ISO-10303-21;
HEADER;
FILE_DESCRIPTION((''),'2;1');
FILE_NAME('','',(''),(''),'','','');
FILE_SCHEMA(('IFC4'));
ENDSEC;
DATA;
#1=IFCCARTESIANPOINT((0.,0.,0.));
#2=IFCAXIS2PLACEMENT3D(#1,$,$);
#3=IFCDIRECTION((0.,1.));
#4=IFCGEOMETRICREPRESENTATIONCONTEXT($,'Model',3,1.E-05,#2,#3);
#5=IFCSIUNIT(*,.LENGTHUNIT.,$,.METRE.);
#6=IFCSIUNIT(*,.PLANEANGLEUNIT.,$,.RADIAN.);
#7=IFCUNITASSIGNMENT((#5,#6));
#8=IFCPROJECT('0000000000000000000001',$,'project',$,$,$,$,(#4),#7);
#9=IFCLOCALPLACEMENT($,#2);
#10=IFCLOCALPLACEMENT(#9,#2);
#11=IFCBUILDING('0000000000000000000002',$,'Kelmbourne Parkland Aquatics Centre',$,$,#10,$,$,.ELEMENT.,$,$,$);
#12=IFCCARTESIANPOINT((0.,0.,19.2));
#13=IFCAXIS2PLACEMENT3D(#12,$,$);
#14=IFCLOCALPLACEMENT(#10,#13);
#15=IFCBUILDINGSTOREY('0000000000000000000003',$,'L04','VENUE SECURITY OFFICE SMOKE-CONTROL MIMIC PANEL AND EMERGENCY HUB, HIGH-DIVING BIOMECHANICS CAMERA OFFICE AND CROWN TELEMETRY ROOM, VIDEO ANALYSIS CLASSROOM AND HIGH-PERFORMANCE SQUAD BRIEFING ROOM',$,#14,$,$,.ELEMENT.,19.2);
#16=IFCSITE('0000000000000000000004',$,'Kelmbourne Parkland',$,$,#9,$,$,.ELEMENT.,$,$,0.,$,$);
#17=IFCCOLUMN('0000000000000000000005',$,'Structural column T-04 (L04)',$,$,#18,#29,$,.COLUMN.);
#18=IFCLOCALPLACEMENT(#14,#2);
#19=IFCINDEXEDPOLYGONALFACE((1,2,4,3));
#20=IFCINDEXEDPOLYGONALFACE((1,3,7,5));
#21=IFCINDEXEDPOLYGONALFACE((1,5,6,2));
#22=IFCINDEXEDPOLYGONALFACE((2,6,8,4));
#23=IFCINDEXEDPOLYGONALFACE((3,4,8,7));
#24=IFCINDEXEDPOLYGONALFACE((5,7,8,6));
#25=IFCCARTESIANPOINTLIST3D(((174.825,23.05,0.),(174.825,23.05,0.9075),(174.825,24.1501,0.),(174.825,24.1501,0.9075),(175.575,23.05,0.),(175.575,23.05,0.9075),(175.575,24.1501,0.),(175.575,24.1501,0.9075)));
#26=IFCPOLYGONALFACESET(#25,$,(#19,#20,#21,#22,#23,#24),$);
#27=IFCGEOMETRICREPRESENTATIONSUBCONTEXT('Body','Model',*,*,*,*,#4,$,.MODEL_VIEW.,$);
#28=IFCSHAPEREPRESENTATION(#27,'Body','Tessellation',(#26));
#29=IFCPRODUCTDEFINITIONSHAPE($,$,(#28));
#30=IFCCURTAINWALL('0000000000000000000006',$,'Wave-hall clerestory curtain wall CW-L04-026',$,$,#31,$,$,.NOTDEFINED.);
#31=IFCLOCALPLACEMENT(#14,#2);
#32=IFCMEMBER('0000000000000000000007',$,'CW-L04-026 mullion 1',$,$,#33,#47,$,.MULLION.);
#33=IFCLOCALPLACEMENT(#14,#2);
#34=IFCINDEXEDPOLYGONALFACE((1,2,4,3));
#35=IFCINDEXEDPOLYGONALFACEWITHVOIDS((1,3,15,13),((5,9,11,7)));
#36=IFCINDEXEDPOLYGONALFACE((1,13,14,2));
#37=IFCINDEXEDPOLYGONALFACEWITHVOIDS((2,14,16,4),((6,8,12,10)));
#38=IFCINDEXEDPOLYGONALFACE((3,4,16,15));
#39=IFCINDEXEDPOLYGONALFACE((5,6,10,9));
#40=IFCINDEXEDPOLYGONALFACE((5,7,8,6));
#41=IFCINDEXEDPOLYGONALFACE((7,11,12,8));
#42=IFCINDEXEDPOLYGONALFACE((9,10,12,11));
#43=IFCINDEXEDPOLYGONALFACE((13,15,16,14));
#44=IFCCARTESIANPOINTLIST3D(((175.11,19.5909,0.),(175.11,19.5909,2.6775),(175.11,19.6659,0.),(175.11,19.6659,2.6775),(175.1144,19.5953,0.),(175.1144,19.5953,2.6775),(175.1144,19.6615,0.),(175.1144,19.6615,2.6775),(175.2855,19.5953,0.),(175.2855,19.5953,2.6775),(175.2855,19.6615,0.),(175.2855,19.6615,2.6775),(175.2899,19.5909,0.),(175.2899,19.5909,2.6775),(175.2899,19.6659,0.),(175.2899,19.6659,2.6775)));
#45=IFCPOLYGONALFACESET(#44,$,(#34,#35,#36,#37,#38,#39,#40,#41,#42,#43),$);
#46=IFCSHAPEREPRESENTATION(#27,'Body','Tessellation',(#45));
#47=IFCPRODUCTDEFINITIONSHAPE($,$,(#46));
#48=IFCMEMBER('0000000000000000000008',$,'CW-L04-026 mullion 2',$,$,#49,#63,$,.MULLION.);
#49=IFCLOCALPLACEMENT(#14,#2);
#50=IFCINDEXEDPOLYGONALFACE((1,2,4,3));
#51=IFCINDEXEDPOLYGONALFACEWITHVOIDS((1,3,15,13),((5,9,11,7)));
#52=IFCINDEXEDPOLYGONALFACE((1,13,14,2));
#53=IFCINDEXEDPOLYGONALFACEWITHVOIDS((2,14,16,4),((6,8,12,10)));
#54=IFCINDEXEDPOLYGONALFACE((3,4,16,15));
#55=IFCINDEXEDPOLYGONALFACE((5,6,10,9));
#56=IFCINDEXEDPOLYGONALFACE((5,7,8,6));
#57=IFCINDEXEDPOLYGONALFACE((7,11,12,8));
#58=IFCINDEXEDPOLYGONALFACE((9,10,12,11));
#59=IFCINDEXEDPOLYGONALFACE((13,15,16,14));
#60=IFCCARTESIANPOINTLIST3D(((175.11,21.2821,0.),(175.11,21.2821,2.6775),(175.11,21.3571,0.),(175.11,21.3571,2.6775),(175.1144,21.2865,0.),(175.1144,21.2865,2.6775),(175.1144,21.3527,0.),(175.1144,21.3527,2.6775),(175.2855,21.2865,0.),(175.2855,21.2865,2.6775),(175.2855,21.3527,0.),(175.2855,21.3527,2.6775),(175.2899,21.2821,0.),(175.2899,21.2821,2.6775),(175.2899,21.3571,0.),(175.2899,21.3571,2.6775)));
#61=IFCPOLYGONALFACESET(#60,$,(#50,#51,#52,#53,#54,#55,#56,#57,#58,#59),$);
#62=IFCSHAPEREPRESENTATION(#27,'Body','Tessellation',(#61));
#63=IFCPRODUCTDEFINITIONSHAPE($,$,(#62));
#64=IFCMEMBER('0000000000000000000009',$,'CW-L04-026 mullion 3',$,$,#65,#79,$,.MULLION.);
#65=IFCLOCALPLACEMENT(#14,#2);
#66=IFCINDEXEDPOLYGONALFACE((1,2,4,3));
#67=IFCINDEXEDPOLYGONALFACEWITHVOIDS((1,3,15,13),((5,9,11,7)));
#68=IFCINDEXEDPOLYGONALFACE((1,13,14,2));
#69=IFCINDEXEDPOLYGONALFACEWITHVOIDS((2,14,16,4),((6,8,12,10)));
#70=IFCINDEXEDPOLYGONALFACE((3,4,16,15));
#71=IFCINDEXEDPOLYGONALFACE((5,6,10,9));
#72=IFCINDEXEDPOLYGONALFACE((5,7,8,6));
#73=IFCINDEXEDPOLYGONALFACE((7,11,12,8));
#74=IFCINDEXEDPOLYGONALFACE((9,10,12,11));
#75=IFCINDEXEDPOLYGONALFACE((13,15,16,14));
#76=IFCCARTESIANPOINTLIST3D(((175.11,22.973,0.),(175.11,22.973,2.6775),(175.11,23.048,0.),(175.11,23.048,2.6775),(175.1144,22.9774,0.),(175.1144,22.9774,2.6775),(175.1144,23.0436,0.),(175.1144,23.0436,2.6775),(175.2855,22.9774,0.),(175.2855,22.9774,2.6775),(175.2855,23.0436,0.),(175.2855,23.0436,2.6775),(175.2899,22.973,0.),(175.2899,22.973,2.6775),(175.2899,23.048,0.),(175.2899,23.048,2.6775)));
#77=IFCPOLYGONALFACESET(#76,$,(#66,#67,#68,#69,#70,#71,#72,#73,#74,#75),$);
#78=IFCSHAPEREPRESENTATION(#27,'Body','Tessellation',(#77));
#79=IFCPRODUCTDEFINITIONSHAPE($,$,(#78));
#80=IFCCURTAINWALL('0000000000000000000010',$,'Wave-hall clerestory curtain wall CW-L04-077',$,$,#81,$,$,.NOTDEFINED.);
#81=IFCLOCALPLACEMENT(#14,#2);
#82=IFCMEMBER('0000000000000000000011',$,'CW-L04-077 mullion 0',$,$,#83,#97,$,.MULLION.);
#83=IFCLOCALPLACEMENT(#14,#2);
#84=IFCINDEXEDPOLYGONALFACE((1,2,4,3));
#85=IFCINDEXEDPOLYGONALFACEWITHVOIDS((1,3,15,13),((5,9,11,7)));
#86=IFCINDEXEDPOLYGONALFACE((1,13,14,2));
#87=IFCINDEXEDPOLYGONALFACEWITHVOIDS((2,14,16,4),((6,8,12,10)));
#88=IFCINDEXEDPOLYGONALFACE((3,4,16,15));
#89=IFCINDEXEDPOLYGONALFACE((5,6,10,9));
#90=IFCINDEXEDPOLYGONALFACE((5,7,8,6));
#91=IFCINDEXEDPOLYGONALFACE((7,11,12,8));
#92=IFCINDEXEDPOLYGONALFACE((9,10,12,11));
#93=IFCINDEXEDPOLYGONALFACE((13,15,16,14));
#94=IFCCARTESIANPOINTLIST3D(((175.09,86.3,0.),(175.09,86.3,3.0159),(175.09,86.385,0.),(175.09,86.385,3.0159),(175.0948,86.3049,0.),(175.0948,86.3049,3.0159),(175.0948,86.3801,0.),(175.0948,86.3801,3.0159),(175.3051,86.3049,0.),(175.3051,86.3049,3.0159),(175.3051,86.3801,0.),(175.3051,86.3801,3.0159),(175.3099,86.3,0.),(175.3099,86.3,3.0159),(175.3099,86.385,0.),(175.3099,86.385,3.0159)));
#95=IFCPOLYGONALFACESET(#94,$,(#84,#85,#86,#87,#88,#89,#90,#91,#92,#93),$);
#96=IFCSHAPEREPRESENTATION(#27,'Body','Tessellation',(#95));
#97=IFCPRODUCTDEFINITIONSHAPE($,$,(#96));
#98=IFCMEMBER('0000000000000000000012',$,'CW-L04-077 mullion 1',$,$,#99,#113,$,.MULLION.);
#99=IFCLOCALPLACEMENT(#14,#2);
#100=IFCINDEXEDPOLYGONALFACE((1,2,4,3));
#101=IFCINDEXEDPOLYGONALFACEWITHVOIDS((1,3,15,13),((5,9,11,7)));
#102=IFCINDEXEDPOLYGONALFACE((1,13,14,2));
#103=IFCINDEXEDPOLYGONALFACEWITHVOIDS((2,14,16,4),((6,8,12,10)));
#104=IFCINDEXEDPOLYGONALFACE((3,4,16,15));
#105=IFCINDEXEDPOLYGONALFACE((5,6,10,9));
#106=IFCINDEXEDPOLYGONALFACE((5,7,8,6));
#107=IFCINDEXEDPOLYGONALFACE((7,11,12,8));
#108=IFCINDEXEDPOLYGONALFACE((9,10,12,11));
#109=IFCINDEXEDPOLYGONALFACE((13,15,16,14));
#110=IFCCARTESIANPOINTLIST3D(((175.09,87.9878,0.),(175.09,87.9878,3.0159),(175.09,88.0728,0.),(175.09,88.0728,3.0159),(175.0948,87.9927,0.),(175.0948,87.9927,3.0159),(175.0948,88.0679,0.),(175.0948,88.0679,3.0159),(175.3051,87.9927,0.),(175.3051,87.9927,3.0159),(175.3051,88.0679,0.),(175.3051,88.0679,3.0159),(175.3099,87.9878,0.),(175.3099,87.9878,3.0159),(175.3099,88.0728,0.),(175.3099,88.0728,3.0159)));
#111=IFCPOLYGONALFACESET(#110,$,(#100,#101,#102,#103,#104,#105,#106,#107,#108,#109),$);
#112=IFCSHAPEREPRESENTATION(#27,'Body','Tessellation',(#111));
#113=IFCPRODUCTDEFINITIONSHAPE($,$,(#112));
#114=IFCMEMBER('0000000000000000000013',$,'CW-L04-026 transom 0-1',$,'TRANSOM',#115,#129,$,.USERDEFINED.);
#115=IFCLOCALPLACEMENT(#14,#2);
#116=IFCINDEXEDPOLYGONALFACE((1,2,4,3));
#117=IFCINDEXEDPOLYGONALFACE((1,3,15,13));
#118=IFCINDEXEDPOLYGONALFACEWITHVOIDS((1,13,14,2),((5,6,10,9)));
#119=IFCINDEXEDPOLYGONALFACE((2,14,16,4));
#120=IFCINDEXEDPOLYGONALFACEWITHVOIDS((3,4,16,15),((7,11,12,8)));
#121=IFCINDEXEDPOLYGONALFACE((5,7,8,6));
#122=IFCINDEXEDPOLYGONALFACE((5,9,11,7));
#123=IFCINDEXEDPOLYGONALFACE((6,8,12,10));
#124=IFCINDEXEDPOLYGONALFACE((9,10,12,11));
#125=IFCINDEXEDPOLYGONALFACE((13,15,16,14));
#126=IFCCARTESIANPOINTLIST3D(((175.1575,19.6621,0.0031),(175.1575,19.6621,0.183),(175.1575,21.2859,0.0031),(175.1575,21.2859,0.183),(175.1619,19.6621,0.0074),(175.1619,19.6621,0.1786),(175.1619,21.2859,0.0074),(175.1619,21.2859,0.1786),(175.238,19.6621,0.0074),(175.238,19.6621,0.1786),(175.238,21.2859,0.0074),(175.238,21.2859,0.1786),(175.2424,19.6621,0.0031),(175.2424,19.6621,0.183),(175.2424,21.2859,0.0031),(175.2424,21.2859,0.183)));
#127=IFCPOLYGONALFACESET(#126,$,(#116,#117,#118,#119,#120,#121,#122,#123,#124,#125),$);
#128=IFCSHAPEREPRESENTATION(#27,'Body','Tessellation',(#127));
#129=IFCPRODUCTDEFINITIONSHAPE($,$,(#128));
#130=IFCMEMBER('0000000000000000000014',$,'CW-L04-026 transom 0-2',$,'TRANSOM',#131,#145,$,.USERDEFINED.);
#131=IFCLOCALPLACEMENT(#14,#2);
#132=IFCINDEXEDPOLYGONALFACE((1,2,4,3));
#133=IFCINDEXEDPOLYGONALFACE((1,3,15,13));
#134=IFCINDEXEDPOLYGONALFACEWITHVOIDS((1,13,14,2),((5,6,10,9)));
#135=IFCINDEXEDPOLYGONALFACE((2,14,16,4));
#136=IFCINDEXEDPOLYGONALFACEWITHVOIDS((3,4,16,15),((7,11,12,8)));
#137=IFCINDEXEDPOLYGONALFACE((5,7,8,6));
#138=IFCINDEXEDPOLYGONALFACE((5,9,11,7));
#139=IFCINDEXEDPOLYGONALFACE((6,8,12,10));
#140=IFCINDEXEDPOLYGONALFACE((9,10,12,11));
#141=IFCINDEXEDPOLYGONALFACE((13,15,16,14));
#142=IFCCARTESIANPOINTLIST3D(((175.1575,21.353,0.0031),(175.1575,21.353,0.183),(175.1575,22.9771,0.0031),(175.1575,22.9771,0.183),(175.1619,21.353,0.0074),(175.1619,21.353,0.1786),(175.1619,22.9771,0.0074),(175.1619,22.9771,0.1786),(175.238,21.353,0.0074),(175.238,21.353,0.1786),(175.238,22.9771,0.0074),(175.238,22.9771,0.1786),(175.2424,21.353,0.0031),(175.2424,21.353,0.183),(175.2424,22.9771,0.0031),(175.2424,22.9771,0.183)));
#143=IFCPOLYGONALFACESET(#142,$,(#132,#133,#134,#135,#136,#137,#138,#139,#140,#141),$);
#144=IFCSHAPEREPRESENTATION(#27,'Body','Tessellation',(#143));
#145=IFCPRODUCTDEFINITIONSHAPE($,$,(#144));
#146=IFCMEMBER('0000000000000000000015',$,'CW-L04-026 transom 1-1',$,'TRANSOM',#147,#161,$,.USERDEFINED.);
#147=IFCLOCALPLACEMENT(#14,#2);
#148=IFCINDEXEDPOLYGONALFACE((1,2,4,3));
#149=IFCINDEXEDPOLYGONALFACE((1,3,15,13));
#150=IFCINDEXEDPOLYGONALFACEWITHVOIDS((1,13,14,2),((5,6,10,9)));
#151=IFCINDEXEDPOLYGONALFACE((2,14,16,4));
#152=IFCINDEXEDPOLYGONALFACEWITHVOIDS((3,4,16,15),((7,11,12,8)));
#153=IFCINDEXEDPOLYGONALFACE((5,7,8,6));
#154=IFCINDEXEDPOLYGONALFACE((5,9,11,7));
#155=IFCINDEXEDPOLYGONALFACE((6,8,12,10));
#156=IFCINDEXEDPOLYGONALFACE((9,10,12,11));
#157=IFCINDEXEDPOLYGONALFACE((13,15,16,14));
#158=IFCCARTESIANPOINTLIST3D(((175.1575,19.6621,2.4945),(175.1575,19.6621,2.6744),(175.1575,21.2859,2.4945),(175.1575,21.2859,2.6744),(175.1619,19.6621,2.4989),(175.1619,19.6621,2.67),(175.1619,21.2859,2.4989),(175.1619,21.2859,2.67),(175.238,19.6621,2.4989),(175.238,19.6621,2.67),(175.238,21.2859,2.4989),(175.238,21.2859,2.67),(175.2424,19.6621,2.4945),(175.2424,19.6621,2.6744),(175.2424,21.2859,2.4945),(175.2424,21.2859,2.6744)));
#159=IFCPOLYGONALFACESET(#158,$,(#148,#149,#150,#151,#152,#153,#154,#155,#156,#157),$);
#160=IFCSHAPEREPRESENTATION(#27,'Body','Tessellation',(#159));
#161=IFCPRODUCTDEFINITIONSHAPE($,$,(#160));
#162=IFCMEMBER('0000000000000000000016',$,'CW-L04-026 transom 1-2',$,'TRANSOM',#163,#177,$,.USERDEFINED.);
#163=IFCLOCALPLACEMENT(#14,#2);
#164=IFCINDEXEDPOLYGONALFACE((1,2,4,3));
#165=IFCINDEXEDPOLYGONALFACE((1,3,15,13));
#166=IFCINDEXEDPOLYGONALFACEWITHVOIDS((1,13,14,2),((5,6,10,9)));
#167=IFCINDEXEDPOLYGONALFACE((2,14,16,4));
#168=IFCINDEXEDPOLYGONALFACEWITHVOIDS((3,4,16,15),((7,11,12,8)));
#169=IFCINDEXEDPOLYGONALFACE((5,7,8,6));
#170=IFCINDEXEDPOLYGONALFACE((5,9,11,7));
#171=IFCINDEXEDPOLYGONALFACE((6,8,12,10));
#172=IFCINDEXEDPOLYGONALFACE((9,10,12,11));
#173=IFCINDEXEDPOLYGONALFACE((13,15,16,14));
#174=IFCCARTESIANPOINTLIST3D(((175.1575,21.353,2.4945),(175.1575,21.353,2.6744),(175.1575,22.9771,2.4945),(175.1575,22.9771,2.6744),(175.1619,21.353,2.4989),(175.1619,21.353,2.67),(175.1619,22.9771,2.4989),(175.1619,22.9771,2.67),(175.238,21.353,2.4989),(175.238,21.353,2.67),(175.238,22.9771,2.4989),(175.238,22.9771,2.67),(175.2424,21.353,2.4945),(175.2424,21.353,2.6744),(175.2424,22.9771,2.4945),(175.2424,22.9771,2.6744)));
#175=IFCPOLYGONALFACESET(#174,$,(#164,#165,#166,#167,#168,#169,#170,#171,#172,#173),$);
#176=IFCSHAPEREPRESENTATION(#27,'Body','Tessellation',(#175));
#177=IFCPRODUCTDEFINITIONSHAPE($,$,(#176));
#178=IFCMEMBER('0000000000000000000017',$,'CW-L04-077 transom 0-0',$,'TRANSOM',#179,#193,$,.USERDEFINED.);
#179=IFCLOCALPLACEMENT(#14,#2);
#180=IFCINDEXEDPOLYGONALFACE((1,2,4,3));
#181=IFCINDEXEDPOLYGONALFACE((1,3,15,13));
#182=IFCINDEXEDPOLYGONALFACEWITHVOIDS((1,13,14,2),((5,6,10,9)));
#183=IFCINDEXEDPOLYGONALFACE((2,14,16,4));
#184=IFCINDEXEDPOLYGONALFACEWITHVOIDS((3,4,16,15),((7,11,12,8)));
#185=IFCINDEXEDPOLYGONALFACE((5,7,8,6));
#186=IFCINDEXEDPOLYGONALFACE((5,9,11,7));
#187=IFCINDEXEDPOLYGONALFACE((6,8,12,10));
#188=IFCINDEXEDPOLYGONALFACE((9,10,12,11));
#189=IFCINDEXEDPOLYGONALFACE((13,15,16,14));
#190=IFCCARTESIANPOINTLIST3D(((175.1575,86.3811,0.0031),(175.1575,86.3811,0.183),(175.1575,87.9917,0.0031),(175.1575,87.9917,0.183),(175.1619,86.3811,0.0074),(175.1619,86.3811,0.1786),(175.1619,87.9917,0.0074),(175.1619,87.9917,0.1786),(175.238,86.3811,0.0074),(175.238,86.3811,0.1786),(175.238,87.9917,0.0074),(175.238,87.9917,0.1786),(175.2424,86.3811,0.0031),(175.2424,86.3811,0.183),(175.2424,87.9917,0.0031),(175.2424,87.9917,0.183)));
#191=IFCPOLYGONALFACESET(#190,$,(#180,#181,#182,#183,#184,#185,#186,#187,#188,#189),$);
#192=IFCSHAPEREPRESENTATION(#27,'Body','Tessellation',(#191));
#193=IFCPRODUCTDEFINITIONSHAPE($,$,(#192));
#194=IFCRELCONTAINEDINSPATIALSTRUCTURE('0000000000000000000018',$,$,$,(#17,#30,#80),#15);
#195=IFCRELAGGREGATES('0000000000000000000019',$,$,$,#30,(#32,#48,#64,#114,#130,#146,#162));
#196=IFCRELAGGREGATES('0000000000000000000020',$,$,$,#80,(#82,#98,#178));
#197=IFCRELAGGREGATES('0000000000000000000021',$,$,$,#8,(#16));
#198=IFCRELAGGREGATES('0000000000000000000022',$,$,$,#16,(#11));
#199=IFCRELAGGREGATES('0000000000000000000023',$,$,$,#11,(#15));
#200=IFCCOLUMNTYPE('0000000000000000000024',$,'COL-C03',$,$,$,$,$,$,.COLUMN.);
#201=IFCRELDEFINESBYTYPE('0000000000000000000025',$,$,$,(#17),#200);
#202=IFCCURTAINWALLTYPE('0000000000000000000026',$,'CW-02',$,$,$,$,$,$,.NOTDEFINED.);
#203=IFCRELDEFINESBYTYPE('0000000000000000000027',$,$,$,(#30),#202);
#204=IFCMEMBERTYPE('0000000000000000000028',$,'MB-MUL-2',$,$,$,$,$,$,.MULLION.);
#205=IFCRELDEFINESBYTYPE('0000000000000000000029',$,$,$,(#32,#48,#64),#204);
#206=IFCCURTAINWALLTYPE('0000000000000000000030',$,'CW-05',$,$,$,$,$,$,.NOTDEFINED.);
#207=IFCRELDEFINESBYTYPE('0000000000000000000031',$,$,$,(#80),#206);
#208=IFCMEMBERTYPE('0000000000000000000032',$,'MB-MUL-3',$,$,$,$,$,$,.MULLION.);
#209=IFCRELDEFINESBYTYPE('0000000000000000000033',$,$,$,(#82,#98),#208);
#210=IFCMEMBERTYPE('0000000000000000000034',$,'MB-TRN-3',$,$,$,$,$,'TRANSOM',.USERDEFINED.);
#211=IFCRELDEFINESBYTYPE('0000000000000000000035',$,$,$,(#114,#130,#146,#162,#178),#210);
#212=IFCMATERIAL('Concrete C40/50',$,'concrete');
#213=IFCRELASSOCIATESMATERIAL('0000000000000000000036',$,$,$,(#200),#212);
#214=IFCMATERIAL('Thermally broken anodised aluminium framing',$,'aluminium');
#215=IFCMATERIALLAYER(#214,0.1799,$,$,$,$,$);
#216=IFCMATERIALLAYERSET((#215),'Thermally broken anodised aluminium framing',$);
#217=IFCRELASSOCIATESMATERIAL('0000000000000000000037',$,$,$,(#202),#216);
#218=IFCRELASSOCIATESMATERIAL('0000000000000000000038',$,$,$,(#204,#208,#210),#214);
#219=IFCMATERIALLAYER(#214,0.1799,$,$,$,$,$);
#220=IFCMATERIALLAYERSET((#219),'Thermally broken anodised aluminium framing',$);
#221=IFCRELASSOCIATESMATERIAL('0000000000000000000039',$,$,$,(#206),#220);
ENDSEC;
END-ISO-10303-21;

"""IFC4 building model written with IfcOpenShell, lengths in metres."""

from ifc_helpers import new_model, si_unit, direction, frame, origin, origin_2d, place, context, subcontext, project, spatial, rectangle, hollow_rectangle, extrude, material, layer, layer_set, material_profile, profile_set, type_object, element, aggregate, save


model = new_model("IFC4")

# Units and contexts
model_context = context("Model", 3, precision=1e-05, world=origin(), true_north=direction((0.0, 1.0)))
body_context = subcontext(model_context, "Body", "Model", "MODEL_VIEW")
ifc_project = project(units=[si_unit("LENGTHUNIT", "METRE"), si_unit("PLANEANGLEUNIT", "RADIAN")], contexts=[model_context])

# Site, building, storey
site_placement = place(None, origin())
site = spatial("IfcSite", under=ifc_project, at=site_placement, Name="Kelmbourne Parkland", CompositionType="ELEMENT", RefElevation=0.0)
building_placement = place(site_placement, origin())
building = spatial("IfcBuilding", under=site, at=building_placement, Name="Kelmbourne Parkland Aquatics Centre", CompositionType="ELEMENT")
storey_placement = place(building_placement, frame((0.0, 0.0, 19.2)))
storey = spatial("IfcBuildingStorey", under=building, at=storey_placement, Name="L04", Description="VENUE SECURITY OFFICE SMOKE-CONTROL MIMIC PANEL AND EMERGENCY HUB, HIGH-DIVING BIOMECHANICS CAMERA OFFICE AND CROWN TELEMETRY ROOM, VIDEO ANALYSIS CLASSROOM AND HIGH-PERFORMANCE SQUAD BRIEFING ROOM", CompositionType="ELEMENT", Elevation=19.2)

# Column
ifc_material_1 = material(Name="Concrete C40/50", Category="concrete")
ifc_material_profile_1 = material_profile(ifc_material_1, rectangle(XDim=0.75, YDim=1.1001, at=origin_2d()), Name="RC 750x1100")
ifc_profile_set_1 = profile_set([ifc_material_profile_1], Name="Concrete C40/50")
column_type = type_object("IfcColumnType", Name="COL-C03", PredefinedType="COLUMN", material=ifc_profile_set_1)
column_placement = place(storey_placement, frame((175.2, 23.6001, 0.0), z_axis=(0.0, 0.0, 1.0), x_axis=(1.0, 0.0, 0.0)))
element("IfcColumn", 1, at=column_placement, inside=storey, type_object=column_type, Name="Structural column T-04 (L04)", PredefinedType="COLUMN", context=body_context, shape_type="SweptSolid", body=[
    extrude(rectangle(XDim=0.75, YDim=1.1001, at=origin_2d()), origin(), (0.0, 0.0, 1.0), 0.9075),
])

# Curtain walls, members
ifc_material_2 = material(Name="Thermally broken anodised aluminium framing", Category="aluminium")
ifc_layer_1 = layer(ifc_material_2, 0.1799)
ifc_layer_set_1 = layer_set([ifc_layer_1], Name="Thermally broken anodised aluminium framing")
curtain_wall_type_1 = type_object("IfcCurtainWallType", Name="CW-02", PredefinedType="NOTDEFINED", material=ifc_layer_set_1)
curtain_wall_1_placement = place(storey_placement, origin())
curtain_wall_1 = element("IfcCurtainWall", 2, at=curtain_wall_1_placement, inside=storey, type_object=curtain_wall_type_1, Name="Wave-hall clerestory curtain wall CW-L04-026", PredefinedType="NOTDEFINED")
ifc_material_profile_2 = material_profile(ifc_material_2, hollow_rectangle(XDim=0.075, YDim=0.1799, WallThickness=0.0044, at=origin_2d()), Name="CW-M 75x180")
ifc_profile_set_2 = profile_set([ifc_material_profile_2], Name="Thermally broken anodised aluminium framing")
member_type_1 = type_object("IfcMemberType", Name="MB-MUL-2", PredefinedType="MULLION", material=ifc_profile_set_2)
member_1_placement = place(storey_placement, frame((175.2, 19.6284, 0.0), z_axis=(0.0, 0.0, 1.0), x_axis=(0.0, 1.0, 0.0)))
member_1 = element("IfcMember", 3, at=member_1_placement, type_object=member_type_1, Name="CW-L04-026 mullion 1", PredefinedType="MULLION", context=body_context, shape_type="SweptSolid", body=[
    extrude(hollow_rectangle(XDim=0.075, YDim=0.1799, WallThickness=0.0044, at=origin_2d()), origin(), (0.0, 0.0, 1.0), 2.6775),
])
member_2_placement = place(storey_placement, frame((175.2, 21.3196, 0.0), z_axis=(0.0, 0.0, 1.0), x_axis=(0.0, 1.0, 0.0)))
member_2 = element("IfcMember", 4, at=member_2_placement, type_object=member_type_1, Name="CW-L04-026 mullion 2", PredefinedType="MULLION", context=body_context, shape_type="SweptSolid", body=[
    extrude(hollow_rectangle(XDim=0.075, YDim=0.1799, WallThickness=0.0044, at=origin_2d()), origin(), (0.0, 0.0, 1.0), 2.6775),
])
member_3_placement = place(storey_placement, frame((175.2, 23.0105, 0.0), z_axis=(0.0, 0.0, 1.0), x_axis=(0.0, 1.0, 0.0)))
member_3 = element("IfcMember", 5, at=member_3_placement, type_object=member_type_1, Name="CW-L04-026 mullion 3", PredefinedType="MULLION", context=body_context, shape_type="SweptSolid", body=[
    extrude(hollow_rectangle(XDim=0.075, YDim=0.1799, WallThickness=0.0044, at=origin_2d()), origin(), (0.0, 0.0, 1.0), 2.6775),
])
ifc_layer_2 = layer(ifc_material_2, 0.1799)
ifc_layer_set_2 = layer_set([ifc_layer_2], Name="Thermally broken anodised aluminium framing")
curtain_wall_type_2 = type_object("IfcCurtainWallType", Name="CW-05", PredefinedType="NOTDEFINED", material=ifc_layer_set_2)
curtain_wall_2_placement = place(storey_placement, origin())
curtain_wall_2 = element("IfcCurtainWall", 6, at=curtain_wall_2_placement, inside=storey, type_object=curtain_wall_type_2, Name="Wave-hall clerestory curtain wall CW-L04-077", PredefinedType="NOTDEFINED")
ifc_material_profile_3 = material_profile(ifc_material_2, hollow_rectangle(XDim=0.085, YDim=0.22, WallThickness=0.0049, at=origin_2d()), Name="CW-M 85x220")
ifc_profile_set_3 = profile_set([ifc_material_profile_3], Name="Thermally broken anodised aluminium framing")
member_type_2 = type_object("IfcMemberType", Name="MB-MUL-3", PredefinedType="MULLION", material=ifc_profile_set_3)
member_4_placement = place(storey_placement, frame((175.2, 86.3425, 0.0), z_axis=(0.0, 0.0, 1.0), x_axis=(0.0, 1.0, 0.0)))
member_4 = element("IfcMember", 7, at=member_4_placement, type_object=member_type_2, Name="CW-L04-077 mullion 0", PredefinedType="MULLION", context=body_context, shape_type="SweptSolid", body=[
    extrude(hollow_rectangle(XDim=0.085, YDim=0.22, WallThickness=0.0049, at=origin_2d()), origin(), (0.0, 0.0, 1.0), 3.0159),
])
member_5_placement = place(storey_placement, frame((175.2, 88.0303, 0.0), z_axis=(0.0, 0.0, 1.0), x_axis=(0.0, 1.0, 0.0)))
member_5 = element("IfcMember", 8, at=member_5_placement, type_object=member_type_2, Name="CW-L04-077 mullion 1", PredefinedType="MULLION", context=body_context, shape_type="SweptSolid", body=[
    extrude(hollow_rectangle(XDim=0.085, YDim=0.22, WallThickness=0.0049, at=origin_2d()), origin(), (0.0, 0.0, 1.0), 3.0159),
])

# Members
ifc_material_profile_4 = material_profile(ifc_material_2, hollow_rectangle(XDim=0.085, YDim=0.1799, WallThickness=0.0044, at=origin_2d()), Name="CW-T 85x180")
ifc_profile_set_4 = profile_set([ifc_material_profile_4], Name="Thermally broken anodised aluminium framing")
member_type_3 = type_object("IfcMemberType", Name="MB-TRN-3", ElementType="TRANSOM", PredefinedType="USERDEFINED", material=ifc_profile_set_4)
member_6_placement = place(storey_placement, frame((175.2, 19.6621, 0.093), z_axis=(0.0, 1.0, 0.0), x_axis=(-1.0, 0.0, 0.0)))
member_6 = element("IfcMember", 9, at=member_6_placement, type_object=member_type_3, Name="CW-L04-026 transom 0-1", ObjectType="TRANSOM", PredefinedType="USERDEFINED", context=body_context, shape_type="SweptSolid", body=[
    extrude(hollow_rectangle(XDim=0.085, YDim=0.1799, WallThickness=0.0044, at=origin_2d()), origin(), (0.0, 0.0, 1.0), 1.6238),
])
member_7_placement = place(storey_placement, frame((175.2, 21.353, 0.093), z_axis=(0.0, 1.0, 0.0), x_axis=(-1.0, 0.0, 0.0)))
member_7 = element("IfcMember", 10, at=member_7_placement, type_object=member_type_3, Name="CW-L04-026 transom 0-2", ObjectType="TRANSOM", PredefinedType="USERDEFINED", context=body_context, shape_type="SweptSolid", body=[
    extrude(hollow_rectangle(XDim=0.085, YDim=0.1799, WallThickness=0.0044, at=origin_2d()), origin(), (0.0, 0.0, 1.0), 1.624),
])
member_8_placement = place(storey_placement, frame((175.2, 19.6621, 2.5845), z_axis=(0.0, 1.0, 0.0), x_axis=(-1.0, 0.0, 0.0)))
member_8 = element("IfcMember", 11, at=member_8_placement, type_object=member_type_3, Name="CW-L04-026 transom 1-1", ObjectType="TRANSOM", PredefinedType="USERDEFINED", context=body_context, shape_type="SweptSolid", body=[
    extrude(hollow_rectangle(XDim=0.085, YDim=0.1799, WallThickness=0.0044, at=origin_2d()), origin(), (0.0, 0.0, 1.0), 1.6238),
])
member_9_placement = place(storey_placement, frame((175.2, 21.353, 2.5845), z_axis=(0.0, 1.0, 0.0), x_axis=(-1.0, 0.0, 0.0)))
member_9 = element("IfcMember", 12, at=member_9_placement, type_object=member_type_3, Name="CW-L04-026 transom 1-2", ObjectType="TRANSOM", PredefinedType="USERDEFINED", context=body_context, shape_type="SweptSolid", body=[
    extrude(hollow_rectangle(XDim=0.085, YDim=0.1799, WallThickness=0.0044, at=origin_2d()), origin(), (0.0, 0.0, 1.0), 1.624),
])
member_10_placement = place(storey_placement, frame((175.2, 86.3811, 0.093), z_axis=(0.0, 1.0, 0.0), x_axis=(-1.0, 0.0, 0.0)))
member_10 = element("IfcMember", 13, at=member_10_placement, type_object=member_type_3, Name="CW-L04-077 transom 0-0", ObjectType="TRANSOM", PredefinedType="USERDEFINED", context=body_context, shape_type="SweptSolid", body=[
    extrude(hollow_rectangle(XDim=0.085, YDim=0.1799, WallThickness=0.0044, at=origin_2d()), origin(), (0.0, 0.0, 1.0), 1.6106),
])

aggregate(curtain_wall_1, [member_1, member_2, member_3, member_6, member_7, member_8, member_9])
aggregate(curtain_wall_2, [member_4, member_5, member_10])

save(model, "model.ifc")
